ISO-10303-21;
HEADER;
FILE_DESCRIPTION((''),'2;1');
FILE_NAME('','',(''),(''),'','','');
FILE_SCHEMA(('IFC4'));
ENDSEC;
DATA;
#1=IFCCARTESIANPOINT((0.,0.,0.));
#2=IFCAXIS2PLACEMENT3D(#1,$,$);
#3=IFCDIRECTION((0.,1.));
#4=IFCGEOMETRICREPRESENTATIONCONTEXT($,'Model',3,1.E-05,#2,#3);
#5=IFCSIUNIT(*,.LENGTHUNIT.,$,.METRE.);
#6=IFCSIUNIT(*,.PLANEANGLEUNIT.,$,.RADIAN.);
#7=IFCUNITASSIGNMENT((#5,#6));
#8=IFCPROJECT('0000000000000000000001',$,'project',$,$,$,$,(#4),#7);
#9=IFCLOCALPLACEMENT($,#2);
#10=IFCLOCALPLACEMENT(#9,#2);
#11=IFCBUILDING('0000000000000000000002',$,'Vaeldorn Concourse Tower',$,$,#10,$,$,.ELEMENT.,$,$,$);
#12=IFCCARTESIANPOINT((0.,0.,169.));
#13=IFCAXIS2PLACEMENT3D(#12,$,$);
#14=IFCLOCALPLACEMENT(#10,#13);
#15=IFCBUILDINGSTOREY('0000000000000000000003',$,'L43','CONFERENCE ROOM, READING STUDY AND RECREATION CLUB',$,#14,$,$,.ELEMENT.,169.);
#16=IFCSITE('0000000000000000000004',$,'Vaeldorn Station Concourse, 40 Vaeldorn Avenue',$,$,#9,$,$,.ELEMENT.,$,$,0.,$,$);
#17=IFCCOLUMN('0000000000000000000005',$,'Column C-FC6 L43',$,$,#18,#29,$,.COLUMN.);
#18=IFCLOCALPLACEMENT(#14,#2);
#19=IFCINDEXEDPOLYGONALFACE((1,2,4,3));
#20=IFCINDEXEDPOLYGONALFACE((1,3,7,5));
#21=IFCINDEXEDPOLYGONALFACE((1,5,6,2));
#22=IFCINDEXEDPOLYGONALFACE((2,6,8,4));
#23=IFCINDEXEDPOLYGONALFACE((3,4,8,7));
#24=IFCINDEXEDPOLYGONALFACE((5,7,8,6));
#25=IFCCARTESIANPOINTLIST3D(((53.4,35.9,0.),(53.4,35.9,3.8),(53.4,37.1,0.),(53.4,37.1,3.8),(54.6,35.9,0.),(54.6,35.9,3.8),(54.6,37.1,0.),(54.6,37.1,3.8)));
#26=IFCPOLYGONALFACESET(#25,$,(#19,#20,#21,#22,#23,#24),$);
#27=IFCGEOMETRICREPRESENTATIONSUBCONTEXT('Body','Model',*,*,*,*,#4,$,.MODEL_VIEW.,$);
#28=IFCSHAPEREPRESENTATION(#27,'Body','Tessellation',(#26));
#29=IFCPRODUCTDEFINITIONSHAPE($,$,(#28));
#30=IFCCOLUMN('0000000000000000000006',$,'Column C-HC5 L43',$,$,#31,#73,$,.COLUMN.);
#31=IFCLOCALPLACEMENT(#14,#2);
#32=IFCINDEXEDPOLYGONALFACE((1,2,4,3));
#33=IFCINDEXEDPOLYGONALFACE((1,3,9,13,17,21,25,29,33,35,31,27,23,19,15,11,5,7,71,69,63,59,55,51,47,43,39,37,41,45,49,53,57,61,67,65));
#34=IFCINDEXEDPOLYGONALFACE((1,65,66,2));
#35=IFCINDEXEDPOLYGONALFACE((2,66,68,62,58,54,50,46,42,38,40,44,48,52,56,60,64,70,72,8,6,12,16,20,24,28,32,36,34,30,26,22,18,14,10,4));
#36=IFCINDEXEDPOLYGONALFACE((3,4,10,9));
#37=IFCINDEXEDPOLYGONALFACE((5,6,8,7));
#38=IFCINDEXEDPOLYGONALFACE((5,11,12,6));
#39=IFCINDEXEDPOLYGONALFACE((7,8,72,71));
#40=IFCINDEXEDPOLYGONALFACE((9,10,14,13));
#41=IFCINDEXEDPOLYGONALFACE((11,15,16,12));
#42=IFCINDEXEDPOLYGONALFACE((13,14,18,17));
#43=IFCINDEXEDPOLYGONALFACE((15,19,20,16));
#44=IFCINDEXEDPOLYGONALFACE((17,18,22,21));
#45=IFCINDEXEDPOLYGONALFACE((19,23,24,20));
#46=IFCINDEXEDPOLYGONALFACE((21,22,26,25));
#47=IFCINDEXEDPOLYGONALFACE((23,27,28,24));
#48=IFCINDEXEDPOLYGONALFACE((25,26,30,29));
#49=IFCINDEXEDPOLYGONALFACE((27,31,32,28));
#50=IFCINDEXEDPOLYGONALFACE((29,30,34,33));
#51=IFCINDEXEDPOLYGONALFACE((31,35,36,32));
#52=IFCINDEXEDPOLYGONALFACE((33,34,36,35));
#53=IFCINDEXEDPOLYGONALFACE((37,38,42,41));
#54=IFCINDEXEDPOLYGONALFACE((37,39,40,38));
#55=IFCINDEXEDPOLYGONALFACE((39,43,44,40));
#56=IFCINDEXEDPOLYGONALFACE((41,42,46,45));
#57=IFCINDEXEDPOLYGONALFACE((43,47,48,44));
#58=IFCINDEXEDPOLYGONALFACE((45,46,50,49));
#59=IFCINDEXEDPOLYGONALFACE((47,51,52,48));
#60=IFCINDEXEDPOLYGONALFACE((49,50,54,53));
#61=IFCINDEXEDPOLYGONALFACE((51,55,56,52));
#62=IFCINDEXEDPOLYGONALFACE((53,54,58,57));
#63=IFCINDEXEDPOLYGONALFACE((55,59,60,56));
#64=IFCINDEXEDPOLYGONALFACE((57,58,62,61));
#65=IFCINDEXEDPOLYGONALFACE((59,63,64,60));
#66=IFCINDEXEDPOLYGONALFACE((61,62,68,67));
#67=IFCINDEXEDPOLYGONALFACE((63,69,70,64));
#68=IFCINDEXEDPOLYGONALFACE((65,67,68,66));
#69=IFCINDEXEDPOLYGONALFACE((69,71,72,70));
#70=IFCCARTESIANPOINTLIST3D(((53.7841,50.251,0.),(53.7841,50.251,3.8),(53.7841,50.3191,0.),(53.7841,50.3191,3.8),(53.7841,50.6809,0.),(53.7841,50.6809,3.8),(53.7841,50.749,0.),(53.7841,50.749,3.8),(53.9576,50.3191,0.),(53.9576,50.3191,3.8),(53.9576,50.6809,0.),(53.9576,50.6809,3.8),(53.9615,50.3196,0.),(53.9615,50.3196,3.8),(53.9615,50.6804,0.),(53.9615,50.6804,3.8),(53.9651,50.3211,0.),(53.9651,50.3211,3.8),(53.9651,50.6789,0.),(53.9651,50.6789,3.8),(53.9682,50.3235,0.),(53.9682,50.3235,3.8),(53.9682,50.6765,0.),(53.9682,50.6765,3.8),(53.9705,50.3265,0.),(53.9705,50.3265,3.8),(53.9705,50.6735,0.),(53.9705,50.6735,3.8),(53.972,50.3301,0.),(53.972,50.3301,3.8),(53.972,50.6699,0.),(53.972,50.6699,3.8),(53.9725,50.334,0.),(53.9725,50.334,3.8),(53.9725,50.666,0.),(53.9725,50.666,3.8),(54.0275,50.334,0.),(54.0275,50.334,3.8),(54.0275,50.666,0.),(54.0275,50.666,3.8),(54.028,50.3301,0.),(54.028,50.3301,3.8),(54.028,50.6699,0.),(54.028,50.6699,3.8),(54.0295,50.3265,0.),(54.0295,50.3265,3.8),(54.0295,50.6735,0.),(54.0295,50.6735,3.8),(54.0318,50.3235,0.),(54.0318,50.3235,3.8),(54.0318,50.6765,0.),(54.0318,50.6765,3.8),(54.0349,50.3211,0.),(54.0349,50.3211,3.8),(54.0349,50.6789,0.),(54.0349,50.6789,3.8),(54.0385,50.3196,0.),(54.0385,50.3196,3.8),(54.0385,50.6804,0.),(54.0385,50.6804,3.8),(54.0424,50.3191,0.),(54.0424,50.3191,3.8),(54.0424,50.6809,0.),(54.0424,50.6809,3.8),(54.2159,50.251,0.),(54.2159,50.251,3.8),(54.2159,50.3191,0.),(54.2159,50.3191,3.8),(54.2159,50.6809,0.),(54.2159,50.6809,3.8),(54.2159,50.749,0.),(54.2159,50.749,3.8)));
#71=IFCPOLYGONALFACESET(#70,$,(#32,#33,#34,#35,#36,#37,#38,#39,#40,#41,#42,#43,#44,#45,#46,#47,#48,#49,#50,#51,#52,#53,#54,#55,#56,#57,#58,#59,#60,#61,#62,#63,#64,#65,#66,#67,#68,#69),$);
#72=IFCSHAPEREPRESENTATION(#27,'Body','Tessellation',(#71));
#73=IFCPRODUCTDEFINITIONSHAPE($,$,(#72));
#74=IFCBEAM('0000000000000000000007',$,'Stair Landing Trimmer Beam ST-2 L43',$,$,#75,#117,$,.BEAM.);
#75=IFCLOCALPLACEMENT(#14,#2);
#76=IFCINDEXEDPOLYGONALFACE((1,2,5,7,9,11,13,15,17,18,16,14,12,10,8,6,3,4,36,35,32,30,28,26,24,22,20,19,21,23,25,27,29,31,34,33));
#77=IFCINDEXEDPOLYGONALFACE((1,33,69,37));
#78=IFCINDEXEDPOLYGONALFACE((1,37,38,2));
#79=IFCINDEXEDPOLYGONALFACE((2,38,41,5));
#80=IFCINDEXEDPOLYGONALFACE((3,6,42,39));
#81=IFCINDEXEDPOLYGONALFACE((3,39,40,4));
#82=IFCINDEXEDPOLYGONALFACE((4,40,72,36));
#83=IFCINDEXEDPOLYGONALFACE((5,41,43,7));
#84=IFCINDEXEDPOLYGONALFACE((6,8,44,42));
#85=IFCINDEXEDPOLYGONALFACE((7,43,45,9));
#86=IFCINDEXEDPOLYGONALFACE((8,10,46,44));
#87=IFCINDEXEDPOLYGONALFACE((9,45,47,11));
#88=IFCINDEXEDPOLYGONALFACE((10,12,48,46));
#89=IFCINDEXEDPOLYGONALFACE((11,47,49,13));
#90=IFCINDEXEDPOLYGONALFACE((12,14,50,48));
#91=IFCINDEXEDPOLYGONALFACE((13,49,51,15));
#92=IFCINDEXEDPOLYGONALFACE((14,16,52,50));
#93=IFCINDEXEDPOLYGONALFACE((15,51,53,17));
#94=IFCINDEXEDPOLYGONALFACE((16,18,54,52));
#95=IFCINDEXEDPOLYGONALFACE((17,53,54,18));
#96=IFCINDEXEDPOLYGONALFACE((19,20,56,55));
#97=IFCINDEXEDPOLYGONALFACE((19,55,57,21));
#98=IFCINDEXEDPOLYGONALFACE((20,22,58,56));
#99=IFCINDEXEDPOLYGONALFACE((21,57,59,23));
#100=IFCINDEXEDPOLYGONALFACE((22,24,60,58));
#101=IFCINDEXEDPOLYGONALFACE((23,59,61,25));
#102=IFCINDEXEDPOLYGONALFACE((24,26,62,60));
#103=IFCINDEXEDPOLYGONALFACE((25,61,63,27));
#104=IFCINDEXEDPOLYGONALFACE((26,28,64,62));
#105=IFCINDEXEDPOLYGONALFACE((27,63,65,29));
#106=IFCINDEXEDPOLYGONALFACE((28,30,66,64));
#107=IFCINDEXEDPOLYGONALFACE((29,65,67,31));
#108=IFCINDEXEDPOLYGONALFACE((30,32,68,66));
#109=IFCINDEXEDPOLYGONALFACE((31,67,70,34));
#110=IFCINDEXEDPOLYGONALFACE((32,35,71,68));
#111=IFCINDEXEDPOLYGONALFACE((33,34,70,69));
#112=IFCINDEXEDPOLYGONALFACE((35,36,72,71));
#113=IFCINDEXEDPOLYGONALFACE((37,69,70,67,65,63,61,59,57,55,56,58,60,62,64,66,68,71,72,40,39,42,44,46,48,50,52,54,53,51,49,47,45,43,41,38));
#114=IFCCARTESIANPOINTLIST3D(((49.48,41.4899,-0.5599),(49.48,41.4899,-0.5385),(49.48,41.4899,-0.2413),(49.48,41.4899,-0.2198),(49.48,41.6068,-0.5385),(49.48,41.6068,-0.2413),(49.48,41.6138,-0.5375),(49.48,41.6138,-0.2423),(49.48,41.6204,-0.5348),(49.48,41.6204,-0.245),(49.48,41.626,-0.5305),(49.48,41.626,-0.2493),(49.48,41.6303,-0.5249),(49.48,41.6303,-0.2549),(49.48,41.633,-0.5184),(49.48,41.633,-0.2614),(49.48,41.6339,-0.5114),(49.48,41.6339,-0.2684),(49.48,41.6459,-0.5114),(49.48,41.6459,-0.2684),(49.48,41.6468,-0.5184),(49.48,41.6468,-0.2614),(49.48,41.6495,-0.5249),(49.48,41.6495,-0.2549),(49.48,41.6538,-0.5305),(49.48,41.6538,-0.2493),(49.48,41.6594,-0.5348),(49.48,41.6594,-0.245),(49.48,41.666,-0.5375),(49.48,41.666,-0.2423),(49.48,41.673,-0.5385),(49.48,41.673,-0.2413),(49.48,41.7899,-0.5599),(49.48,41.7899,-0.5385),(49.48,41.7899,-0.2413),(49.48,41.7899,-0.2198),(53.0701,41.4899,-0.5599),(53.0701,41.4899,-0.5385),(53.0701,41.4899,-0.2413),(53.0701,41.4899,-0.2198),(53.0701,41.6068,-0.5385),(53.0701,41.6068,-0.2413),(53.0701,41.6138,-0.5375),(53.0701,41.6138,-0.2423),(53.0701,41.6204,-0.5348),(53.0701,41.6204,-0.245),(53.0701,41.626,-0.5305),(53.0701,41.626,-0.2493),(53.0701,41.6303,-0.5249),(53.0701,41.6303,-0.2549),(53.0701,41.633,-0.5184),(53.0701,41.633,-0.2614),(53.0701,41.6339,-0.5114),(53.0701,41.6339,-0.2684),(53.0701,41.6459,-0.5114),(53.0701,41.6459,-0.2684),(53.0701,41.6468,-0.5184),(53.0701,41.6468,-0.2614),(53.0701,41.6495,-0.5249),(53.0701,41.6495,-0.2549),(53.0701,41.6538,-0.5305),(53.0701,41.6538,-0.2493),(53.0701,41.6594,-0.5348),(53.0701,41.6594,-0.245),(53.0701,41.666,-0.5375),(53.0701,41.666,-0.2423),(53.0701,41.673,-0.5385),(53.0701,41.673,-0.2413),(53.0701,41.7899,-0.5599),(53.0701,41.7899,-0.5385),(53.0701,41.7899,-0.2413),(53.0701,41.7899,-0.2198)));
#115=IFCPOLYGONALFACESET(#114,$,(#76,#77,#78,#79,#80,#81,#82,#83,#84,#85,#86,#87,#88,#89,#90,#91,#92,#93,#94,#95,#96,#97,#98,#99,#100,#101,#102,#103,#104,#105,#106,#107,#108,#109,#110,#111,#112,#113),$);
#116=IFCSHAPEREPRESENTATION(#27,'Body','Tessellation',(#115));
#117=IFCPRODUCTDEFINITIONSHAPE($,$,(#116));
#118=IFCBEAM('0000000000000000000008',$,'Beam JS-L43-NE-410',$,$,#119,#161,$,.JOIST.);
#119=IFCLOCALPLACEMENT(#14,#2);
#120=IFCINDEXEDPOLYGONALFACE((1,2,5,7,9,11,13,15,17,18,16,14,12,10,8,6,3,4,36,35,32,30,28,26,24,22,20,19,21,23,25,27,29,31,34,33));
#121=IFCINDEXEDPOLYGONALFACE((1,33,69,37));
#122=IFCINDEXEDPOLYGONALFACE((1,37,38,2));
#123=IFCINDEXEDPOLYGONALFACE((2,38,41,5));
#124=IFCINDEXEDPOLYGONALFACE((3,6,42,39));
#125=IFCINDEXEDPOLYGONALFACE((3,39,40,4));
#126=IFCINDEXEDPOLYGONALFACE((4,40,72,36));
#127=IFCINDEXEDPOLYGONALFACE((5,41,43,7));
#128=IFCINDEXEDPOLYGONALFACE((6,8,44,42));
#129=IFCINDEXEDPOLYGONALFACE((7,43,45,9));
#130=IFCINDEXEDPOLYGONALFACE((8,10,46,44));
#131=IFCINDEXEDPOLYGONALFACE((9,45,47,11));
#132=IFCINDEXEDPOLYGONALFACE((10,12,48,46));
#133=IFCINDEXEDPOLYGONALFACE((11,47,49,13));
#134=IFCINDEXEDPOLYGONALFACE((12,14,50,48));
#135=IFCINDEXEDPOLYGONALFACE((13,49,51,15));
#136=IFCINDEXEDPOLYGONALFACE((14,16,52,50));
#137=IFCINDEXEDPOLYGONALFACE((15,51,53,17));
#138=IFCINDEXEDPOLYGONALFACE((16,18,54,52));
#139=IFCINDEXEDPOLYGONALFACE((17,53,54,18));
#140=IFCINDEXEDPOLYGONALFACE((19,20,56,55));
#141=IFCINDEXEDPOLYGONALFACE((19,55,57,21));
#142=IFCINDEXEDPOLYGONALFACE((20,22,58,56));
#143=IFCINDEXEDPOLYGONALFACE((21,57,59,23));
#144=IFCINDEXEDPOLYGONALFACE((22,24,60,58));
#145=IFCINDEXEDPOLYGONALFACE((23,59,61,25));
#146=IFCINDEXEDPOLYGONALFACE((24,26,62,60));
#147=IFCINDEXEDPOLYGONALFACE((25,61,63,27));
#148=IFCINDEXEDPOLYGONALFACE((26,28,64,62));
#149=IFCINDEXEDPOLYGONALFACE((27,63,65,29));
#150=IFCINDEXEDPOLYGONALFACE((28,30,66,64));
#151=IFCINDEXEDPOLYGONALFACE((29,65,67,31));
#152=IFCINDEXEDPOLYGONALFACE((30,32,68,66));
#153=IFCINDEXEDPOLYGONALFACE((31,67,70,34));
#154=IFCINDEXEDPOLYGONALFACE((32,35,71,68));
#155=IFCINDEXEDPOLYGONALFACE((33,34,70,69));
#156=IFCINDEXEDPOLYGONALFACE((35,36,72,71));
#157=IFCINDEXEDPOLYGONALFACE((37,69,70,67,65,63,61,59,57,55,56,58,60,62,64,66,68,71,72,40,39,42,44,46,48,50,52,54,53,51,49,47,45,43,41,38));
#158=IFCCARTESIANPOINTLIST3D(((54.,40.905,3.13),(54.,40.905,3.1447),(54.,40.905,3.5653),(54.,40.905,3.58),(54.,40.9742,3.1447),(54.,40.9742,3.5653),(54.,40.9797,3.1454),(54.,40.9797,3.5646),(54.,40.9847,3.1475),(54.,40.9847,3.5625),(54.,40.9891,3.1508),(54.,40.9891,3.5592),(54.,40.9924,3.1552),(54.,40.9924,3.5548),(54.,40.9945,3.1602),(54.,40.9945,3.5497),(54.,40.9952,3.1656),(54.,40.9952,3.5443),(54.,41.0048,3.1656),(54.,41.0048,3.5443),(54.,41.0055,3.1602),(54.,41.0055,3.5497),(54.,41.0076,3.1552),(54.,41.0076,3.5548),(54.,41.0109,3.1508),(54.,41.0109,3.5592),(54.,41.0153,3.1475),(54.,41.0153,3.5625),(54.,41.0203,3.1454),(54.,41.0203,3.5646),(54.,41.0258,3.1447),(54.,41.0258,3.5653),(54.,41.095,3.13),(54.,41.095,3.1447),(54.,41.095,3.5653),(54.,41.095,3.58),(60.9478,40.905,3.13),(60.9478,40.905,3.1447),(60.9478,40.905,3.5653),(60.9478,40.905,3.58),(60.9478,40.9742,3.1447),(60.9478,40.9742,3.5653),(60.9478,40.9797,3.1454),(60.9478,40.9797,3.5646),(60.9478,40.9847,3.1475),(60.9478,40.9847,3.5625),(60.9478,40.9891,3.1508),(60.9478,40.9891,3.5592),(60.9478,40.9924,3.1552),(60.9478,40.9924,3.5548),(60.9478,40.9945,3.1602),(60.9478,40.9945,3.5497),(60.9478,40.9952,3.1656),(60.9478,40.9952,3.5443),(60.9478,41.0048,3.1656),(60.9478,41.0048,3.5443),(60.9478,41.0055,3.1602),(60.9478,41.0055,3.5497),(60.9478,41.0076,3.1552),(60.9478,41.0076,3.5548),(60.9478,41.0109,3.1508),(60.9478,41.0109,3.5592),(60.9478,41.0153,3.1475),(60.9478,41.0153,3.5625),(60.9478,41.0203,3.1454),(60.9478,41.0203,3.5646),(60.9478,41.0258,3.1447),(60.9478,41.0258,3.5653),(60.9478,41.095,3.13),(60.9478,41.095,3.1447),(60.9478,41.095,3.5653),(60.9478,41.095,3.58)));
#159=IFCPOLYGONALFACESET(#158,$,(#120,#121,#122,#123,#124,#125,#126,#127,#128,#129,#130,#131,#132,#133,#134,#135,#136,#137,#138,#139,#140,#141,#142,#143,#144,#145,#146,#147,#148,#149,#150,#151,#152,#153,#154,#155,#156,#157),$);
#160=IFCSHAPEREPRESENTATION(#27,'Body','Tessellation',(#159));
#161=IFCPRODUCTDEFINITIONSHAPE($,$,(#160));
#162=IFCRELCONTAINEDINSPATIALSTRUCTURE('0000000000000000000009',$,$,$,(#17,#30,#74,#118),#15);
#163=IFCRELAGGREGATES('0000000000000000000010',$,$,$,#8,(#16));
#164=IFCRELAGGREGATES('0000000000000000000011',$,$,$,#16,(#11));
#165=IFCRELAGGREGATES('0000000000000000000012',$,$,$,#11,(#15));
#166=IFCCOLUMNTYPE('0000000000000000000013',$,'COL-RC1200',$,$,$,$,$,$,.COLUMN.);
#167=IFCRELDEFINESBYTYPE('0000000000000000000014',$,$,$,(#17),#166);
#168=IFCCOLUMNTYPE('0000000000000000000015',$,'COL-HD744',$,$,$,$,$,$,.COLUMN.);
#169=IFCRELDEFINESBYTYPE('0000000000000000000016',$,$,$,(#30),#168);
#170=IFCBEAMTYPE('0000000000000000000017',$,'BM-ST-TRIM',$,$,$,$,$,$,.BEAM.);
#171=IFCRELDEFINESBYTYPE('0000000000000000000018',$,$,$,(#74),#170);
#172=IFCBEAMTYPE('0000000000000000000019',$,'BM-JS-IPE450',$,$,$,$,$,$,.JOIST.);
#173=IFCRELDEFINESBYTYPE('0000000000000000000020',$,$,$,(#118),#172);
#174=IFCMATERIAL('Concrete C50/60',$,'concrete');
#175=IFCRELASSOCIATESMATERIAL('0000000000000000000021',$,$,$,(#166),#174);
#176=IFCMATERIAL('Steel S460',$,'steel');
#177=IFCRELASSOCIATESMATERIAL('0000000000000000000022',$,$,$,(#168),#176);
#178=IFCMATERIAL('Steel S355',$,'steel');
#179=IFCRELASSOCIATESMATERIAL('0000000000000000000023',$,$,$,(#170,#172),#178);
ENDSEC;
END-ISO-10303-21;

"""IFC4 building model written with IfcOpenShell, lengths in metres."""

from ifc_helpers import new_model, si_unit, direction, frame, origin, origin_2d, place, context, subcontext, project, spatial, rectangle, i_section, extrude, source, transform, mapped, material, material_profile, profile_set, type_object, element, save


model = new_model("IFC4")

# Units and contexts
model_context = context("Model", 3, precision=1e-05, world=origin(), true_north=direction((0.0, 1.0)))
body_context = subcontext(model_context, "Body", "Model", "MODEL_VIEW")
ifc_project = project(units=[si_unit("LENGTHUNIT", "METRE"), si_unit("PLANEANGLEUNIT", "RADIAN")], contexts=[model_context])

# Site, building, storey
site_placement = place(None, origin())
site = spatial("IfcSite", under=ifc_project, at=site_placement, Name="Vaeldorn Station Concourse, 40 Vaeldorn Avenue", CompositionType="ELEMENT", RefElevation=0.0)
building_placement = place(site_placement, origin())
building = spatial("IfcBuilding", under=site, at=building_placement, Name="Vaeldorn Concourse Tower", CompositionType="ELEMENT")
storey_placement = place(building_placement, frame((0.0, 0.0, 169.0)))
storey = spatial("IfcBuildingStorey", under=building, at=storey_placement, Name="L43", Description="CONFERENCE ROOM, READING STUDY AND RECREATION CLUB", CompositionType="ELEMENT", Elevation=169.0)

# Columns
ifc_material_1 = material(Name="Concrete C50/60", Category="concrete")
ifc_material_profile_1 = material_profile(ifc_material_1, rectangle(XDim=1.2, YDim=1.2, at=origin_2d()), Name="RC 1200x1200")
ifc_profile_set_1 = profile_set([ifc_material_profile_1], Name="Concrete C50/60")
column_type_1 = type_object("IfcColumnType", Name="COL-RC1200", PredefinedType="COLUMN", material=ifc_profile_set_1)
shared_shape_1 = source(origin(), body_context, "Body", "SweptSolid", [
    extrude(rectangle(XDim=1.2, YDim=1.2, at=origin_2d()), origin(), (0.0, 0.0, 1.0), 3.8),
])
column_1_placement = place(storey_placement, frame((54.0, 36.5, 0.0), z_axis=(0.0, 0.0, 1.0), x_axis=(1.0, 0.0, 0.0)))
element("IfcColumn", 1, at=column_1_placement, inside=storey, type_object=column_type_1, Name="Column C-FC6 L43", PredefinedType="COLUMN", context=body_context, shape_type="MappedRepresentation", body=[
    mapped(shared_shape_1, transform((0.0, 0.0, 0.0), scale=1.0)),
])
ifc_material_2 = material(Name="Steel S460", Category="steel")
ifc_material_profile_2 = material_profile(ifc_material_2, i_section(OverallWidth=0.4319, OverallDepth=0.498, WebThickness=0.0549, FlangeThickness=0.0681, FilletRadius=0.0149, at=origin_2d()), Name="HD 400x744")
ifc_profile_set_2 = profile_set([ifc_material_profile_2], Name="Steel S460")
column_type_2 = type_object("IfcColumnType", Name="COL-HD744", PredefinedType="COLUMN", material=ifc_profile_set_2)
shared_shape_2 = source(origin(), body_context, "Body", "SweptSolid", [
    extrude(i_section(OverallWidth=0.4319, OverallDepth=0.498, WebThickness=0.0549, FlangeThickness=0.0681, FilletRadius=0.0149, at=origin_2d()), origin(), (0.0, 0.0, 1.0), 3.8),
])
column_2_placement = place(storey_placement, frame((54.0, 50.5, 0.0), z_axis=(0.0, 0.0, 1.0), x_axis=(1.0, 0.0, 0.0)))
element("IfcColumn", 2, at=column_2_placement, inside=storey, type_object=column_type_2, Name="Column C-HC5 L43", PredefinedType="COLUMN", context=body_context, shape_type="MappedRepresentation", body=[
    mapped(shared_shape_2, transform((0.0, 0.0, 0.0), scale=1.0)),
])

# Beams
ifc_material_3 = material(Name="Steel S355", Category="steel")
ifc_material_profile_3 = material_profile(ifc_material_3, i_section(OverallWidth=0.3, OverallDepth=0.3401, WebThickness=0.012, FlangeThickness=0.0215, FilletRadius=0.0271, at=origin_2d()), Name="HEB 340")
ifc_profile_set_3 = profile_set([ifc_material_profile_3], Name="Steel S355")
beam_type_1 = type_object("IfcBeamType", Name="BM-ST-TRIM", PredefinedType="BEAM", material=ifc_profile_set_3)
shared_shape_3 = source(origin(), body_context, "Body", "SweptSolid", [
    extrude(i_section(OverallWidth=0.3, OverallDepth=0.3401, WebThickness=0.012, FlangeThickness=0.0215, FilletRadius=0.0271, at=origin_2d()), origin(), (0.0, 0.0, 1.0), 3.5901),
])
beam_1_placement = place(storey_placement, frame((49.48, 41.6399, -0.3899), z_axis=(1.0, 0.0, 0.0), x_axis=(0.0, 1.0, 0.0)))
element("IfcBeam", 3, at=beam_1_placement, inside=storey, type_object=beam_type_1, Name="Stair Landing Trimmer Beam ST-2 L43", PredefinedType="BEAM", context=body_context, shape_type="MappedRepresentation", body=[
    mapped(shared_shape_3, transform((0.0, 0.0, 0.0), scale=1.0)),
])
ifc_material_profile_4 = material_profile(ifc_material_3, i_section(OverallWidth=0.1899, OverallDepth=0.45, WebThickness=0.0095, FlangeThickness=0.0146, FilletRadius=0.021, at=origin_2d()), Name="IPE 450")
ifc_profile_set_4 = profile_set([ifc_material_profile_4], Name="Steel S355")
beam_type_2 = type_object("IfcBeamType", Name="BM-JS-IPE450", PredefinedType="JOIST", material=ifc_profile_set_4)
shared_shape_4 = source(origin(), body_context, "Body", "SweptSolid", [
    extrude(i_section(OverallWidth=0.1899, OverallDepth=0.45, WebThickness=0.0095, FlangeThickness=0.0146, FilletRadius=0.021, at=origin_2d()), origin(), (0.0, 0.0, 1.0), 6.9478),
])
beam_2_placement = place(storey_placement, frame((54.0, 41.0, 3.355), z_axis=(1.0, 0.0, 0.0), x_axis=(0.0, 1.0, 0.0)))
element("IfcBeam", 4, at=beam_2_placement, inside=storey, type_object=beam_type_2, Name="Beam JS-L43-NE-410", PredefinedType="JOIST", context=body_context, shape_type="MappedRepresentation", body=[
    mapped(shared_shape_4, transform((0.0, 0.0, 0.0), scale=1.0)),
])

save(model, "model.ifc")
